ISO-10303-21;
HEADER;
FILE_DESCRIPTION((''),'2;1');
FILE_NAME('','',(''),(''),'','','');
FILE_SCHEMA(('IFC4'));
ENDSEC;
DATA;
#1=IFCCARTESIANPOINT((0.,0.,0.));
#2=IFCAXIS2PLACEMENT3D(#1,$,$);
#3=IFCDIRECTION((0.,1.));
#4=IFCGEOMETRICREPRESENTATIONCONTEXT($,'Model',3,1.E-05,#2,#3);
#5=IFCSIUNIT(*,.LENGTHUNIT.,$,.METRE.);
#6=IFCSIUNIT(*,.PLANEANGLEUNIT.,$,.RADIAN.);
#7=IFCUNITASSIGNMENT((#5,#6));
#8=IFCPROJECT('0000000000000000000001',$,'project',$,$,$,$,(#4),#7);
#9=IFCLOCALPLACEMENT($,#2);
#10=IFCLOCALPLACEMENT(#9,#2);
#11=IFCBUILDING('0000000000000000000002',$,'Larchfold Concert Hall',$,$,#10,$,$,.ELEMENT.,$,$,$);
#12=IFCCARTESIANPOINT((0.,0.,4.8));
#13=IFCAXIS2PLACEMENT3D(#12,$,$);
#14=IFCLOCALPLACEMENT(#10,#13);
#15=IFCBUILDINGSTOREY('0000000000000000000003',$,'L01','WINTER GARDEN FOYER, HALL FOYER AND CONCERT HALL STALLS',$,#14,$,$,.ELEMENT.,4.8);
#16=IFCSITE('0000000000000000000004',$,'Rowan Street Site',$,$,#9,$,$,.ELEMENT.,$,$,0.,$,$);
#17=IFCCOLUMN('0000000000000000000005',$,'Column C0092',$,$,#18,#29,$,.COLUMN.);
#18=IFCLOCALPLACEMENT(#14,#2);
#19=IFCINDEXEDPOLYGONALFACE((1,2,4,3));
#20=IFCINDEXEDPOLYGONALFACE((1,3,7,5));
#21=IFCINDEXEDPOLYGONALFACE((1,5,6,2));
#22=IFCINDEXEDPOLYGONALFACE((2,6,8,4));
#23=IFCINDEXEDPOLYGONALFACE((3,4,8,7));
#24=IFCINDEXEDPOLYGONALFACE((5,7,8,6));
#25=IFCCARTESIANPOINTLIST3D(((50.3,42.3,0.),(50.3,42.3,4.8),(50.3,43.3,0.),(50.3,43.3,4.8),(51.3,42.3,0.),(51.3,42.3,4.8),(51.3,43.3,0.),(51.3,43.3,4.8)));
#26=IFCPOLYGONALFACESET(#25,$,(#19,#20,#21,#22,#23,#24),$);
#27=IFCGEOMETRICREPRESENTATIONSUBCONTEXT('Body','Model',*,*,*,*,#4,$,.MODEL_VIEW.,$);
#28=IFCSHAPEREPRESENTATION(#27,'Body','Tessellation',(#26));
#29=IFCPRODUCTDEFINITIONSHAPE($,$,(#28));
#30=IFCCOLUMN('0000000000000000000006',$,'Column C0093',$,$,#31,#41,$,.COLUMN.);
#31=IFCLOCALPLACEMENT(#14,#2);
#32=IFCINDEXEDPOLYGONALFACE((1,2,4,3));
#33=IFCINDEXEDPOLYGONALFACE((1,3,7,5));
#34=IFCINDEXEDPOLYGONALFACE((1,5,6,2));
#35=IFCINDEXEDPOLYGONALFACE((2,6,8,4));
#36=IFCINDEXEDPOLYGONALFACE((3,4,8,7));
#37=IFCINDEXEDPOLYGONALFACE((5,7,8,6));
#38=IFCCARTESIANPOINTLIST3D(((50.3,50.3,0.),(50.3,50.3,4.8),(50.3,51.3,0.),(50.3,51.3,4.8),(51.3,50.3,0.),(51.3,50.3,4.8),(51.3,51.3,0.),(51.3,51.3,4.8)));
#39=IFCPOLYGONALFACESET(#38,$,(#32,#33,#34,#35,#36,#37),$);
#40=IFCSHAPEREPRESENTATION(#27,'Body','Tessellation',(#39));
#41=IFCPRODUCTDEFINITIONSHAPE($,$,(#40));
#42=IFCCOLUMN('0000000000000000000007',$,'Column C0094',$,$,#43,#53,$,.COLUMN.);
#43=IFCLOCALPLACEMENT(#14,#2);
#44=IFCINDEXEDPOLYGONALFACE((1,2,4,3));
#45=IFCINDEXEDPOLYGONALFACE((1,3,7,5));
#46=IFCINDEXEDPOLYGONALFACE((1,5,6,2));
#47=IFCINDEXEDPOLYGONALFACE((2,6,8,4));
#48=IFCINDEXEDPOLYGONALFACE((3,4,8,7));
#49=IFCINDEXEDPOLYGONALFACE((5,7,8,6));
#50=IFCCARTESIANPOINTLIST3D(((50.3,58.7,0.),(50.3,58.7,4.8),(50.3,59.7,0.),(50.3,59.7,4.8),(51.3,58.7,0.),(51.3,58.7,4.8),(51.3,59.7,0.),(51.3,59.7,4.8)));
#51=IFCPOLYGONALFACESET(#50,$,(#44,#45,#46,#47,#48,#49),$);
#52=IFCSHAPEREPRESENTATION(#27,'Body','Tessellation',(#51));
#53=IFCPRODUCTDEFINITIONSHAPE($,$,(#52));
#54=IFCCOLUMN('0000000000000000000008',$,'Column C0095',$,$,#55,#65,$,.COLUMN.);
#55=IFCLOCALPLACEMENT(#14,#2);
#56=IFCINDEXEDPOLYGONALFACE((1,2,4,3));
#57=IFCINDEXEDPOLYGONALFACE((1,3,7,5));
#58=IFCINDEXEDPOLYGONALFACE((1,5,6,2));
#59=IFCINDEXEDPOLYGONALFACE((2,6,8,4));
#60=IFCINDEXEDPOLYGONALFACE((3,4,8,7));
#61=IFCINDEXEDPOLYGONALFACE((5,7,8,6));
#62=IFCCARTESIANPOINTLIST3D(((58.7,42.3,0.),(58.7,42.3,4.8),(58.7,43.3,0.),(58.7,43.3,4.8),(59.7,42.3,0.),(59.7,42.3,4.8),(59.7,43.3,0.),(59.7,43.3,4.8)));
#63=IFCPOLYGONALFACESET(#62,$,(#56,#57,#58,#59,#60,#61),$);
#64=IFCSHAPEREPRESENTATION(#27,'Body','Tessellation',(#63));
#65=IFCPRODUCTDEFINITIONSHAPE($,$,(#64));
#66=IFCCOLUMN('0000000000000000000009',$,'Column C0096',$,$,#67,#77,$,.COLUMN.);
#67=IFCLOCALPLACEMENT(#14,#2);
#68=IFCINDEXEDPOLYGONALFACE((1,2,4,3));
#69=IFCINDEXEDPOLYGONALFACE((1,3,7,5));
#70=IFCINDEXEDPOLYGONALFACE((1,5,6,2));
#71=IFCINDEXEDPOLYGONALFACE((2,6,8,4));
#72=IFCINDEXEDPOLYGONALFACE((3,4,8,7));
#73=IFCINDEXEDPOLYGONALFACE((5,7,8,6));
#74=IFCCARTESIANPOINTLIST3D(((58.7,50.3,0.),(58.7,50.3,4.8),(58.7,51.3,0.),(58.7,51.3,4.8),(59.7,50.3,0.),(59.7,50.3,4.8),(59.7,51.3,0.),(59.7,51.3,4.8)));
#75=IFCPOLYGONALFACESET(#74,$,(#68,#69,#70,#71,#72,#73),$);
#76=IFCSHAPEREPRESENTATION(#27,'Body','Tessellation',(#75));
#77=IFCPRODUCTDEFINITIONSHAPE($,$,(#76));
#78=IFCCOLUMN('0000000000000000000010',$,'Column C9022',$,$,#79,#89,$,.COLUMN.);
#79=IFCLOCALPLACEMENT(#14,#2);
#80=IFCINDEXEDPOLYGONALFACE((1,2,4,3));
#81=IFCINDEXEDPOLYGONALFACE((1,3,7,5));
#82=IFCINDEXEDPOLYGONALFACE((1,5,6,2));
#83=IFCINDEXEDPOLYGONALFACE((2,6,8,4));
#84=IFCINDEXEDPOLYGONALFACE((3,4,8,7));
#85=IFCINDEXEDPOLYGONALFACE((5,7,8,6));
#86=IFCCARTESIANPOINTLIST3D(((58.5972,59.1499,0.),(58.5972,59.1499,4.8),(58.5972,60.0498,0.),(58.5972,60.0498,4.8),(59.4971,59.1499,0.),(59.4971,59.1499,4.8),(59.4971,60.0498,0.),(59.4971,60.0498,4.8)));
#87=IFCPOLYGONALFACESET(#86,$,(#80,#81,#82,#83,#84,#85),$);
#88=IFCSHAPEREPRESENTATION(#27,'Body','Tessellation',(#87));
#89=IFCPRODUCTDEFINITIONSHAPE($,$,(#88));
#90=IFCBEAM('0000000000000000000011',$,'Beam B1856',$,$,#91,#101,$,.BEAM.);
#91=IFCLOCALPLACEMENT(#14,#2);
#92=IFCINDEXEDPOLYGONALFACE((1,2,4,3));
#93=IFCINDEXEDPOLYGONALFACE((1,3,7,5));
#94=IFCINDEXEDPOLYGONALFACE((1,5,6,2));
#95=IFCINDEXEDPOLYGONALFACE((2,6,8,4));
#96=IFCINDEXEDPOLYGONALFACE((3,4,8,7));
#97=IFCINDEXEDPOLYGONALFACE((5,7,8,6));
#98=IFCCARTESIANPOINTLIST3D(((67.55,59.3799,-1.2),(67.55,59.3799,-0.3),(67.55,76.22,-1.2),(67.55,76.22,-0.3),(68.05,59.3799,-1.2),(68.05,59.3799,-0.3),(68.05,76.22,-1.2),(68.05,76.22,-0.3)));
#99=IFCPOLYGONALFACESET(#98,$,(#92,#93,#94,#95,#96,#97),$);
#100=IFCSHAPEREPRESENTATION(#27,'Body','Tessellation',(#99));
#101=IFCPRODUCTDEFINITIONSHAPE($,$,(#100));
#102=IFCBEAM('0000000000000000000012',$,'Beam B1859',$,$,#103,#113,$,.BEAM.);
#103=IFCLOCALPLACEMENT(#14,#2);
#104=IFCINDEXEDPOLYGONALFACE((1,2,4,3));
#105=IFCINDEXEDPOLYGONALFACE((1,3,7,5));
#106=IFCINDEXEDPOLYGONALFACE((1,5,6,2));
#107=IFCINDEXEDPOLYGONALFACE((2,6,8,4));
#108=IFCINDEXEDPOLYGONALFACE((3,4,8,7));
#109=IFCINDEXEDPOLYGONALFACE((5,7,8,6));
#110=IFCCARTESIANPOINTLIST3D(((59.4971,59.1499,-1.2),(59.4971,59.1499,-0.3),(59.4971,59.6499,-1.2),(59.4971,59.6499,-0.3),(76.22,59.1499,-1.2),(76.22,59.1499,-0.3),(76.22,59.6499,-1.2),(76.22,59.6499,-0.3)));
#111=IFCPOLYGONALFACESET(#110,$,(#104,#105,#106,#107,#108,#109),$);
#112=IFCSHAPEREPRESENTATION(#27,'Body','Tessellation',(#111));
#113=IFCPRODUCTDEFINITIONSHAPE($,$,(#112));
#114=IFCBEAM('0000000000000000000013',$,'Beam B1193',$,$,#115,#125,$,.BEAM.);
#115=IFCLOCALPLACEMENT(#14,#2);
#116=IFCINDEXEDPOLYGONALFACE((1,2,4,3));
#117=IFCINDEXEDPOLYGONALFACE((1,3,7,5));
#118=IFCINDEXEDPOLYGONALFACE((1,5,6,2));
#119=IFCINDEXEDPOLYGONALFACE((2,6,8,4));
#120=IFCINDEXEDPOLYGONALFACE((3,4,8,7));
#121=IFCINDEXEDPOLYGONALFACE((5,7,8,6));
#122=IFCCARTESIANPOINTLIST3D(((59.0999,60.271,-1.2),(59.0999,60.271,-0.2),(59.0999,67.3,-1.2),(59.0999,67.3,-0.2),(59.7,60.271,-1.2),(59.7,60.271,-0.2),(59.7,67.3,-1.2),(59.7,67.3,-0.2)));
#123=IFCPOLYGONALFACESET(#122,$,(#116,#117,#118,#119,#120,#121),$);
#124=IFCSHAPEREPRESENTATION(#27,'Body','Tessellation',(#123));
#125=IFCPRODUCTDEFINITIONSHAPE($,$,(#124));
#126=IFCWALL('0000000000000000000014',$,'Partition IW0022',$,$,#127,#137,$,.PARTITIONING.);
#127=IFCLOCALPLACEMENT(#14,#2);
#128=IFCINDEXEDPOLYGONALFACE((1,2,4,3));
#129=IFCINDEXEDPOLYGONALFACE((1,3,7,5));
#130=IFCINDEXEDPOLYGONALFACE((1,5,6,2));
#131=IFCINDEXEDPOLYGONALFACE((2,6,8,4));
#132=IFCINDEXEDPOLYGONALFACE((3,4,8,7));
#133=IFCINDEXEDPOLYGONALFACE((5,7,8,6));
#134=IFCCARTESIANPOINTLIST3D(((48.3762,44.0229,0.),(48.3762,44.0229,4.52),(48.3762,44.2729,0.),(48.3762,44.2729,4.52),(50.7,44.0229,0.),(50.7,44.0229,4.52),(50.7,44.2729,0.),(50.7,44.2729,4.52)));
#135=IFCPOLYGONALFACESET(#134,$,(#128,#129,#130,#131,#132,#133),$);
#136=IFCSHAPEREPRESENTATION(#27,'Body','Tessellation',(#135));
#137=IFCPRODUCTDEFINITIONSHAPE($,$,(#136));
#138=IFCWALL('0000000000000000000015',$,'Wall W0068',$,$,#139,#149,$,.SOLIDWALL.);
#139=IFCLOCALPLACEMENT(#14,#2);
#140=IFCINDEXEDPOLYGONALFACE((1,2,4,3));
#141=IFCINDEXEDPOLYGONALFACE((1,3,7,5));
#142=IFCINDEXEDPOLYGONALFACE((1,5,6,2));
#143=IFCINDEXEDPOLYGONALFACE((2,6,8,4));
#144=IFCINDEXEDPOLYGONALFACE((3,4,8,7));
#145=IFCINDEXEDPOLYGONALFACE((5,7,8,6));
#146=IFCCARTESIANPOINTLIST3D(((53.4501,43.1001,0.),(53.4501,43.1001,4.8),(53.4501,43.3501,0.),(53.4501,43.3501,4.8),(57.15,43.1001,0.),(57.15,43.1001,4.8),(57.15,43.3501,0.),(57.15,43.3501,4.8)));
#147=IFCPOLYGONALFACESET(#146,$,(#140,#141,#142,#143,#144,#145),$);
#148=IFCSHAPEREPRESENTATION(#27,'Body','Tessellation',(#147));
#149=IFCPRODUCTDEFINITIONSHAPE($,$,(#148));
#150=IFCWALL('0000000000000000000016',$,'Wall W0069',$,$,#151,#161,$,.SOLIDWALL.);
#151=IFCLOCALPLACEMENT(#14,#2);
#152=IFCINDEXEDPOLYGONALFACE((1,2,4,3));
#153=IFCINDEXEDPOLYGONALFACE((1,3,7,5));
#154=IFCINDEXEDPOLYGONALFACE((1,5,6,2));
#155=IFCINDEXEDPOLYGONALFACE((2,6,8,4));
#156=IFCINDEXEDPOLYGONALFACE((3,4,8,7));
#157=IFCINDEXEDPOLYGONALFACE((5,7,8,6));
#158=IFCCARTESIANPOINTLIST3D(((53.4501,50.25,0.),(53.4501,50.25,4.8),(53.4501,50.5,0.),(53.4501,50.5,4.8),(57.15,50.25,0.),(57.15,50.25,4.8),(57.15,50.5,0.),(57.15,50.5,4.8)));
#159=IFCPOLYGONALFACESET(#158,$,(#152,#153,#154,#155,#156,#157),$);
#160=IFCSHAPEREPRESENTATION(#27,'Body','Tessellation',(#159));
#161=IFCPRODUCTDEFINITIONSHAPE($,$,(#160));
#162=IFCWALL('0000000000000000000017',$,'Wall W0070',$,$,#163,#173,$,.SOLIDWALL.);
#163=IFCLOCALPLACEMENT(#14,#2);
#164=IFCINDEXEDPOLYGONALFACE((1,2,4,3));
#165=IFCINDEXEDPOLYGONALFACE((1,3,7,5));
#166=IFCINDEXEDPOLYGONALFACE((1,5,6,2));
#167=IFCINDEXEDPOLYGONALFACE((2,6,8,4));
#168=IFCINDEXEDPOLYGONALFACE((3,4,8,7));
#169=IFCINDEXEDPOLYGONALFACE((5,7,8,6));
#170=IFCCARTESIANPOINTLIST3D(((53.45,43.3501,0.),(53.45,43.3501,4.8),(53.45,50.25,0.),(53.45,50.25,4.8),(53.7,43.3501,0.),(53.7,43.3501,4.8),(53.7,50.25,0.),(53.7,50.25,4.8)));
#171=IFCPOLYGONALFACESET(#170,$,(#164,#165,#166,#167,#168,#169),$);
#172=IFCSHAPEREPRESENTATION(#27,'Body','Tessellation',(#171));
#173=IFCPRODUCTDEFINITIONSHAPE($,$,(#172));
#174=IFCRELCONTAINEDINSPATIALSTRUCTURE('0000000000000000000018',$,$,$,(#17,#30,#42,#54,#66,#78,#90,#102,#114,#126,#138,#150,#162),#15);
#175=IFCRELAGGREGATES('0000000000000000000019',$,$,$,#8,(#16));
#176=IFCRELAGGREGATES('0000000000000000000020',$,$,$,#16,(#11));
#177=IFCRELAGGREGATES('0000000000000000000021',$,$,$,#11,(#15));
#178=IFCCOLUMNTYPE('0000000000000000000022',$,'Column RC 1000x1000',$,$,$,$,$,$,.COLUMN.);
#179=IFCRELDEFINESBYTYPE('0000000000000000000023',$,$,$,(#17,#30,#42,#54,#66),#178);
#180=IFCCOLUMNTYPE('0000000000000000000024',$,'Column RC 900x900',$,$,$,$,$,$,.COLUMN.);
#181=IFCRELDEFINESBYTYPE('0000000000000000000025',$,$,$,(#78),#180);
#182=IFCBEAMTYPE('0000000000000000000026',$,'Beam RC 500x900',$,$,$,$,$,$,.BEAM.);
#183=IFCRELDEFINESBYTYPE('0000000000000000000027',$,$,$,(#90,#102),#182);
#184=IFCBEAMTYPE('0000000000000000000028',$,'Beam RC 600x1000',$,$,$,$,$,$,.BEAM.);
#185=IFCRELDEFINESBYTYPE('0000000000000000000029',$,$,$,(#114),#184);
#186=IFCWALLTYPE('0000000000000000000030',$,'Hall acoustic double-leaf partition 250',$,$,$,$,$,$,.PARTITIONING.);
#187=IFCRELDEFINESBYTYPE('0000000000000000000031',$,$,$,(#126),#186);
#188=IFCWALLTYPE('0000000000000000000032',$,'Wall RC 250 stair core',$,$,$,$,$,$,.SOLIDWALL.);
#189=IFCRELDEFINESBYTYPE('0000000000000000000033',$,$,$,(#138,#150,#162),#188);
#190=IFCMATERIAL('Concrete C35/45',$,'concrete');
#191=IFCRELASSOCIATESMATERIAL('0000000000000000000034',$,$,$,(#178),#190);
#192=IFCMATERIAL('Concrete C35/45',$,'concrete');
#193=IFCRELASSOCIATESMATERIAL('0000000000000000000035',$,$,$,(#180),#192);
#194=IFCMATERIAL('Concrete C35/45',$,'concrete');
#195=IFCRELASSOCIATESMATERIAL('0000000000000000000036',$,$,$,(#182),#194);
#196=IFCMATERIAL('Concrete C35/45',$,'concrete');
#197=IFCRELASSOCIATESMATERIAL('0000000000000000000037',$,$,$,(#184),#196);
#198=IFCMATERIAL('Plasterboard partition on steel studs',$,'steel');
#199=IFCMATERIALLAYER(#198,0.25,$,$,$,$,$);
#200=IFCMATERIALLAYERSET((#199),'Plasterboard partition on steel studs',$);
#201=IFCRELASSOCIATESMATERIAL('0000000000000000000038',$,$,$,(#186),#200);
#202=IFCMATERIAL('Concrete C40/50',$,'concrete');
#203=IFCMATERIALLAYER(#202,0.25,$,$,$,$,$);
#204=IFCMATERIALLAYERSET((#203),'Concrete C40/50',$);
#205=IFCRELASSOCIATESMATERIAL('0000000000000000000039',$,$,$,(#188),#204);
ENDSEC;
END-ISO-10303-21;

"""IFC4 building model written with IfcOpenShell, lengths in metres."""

from ifc_helpers import new_model, si_unit, direction, frame, frame_2d, origin, origin_2d, place, context, subcontext, project, spatial, rectangle, extrude, material, layer, layer_set, material_profile, profile_set, type_object, element, save


model = new_model("IFC4")

# Units and contexts
model_context = context("Model", 3, precision=1e-05, world=origin(), true_north=direction((0.0, 1.0)))
body_context = subcontext(model_context, "Body", "Model", "MODEL_VIEW")
ifc_project = project(units=[si_unit("LENGTHUNIT", "METRE"), si_unit("PLANEANGLEUNIT", "RADIAN")], contexts=[model_context])

# Site, building, storey
site_placement = place(None, origin())
site = spatial("IfcSite", under=ifc_project, at=site_placement, Name="Rowan Street Site", CompositionType="ELEMENT", RefElevation=0.0)
building_placement = place(site_placement, origin())
building = spatial("IfcBuilding", under=site, at=building_placement, Name="Larchfold Concert Hall", CompositionType="ELEMENT")
storey_placement = place(building_placement, frame((0.0, 0.0, 4.8)))
storey = spatial("IfcBuildingStorey", under=building, at=storey_placement, Name="L01", Description="WINTER GARDEN FOYER, HALL FOYER AND CONCERT HALL STALLS", CompositionType="ELEMENT", Elevation=4.8)

# Columns
ifc_material_1 = material(Name="Concrete C35/45", Category="concrete")
ifc_material_profile_1 = material_profile(ifc_material_1, rectangle(XDim=1.0, YDim=1.0, at=origin_2d()))
ifc_profile_set_1 = profile_set([ifc_material_profile_1], Name="Concrete C35/45")
column_type_1 = type_object("IfcColumnType", Name="Column RC 1000x1000", PredefinedType="COLUMN", material=ifc_profile_set_1)
for number, where, z_axis, x_axis, name in (
    (1, (50.8, 42.8, 0.0), (0.0, 0.0, 1.0), (1.0, 0.0, 0.0), "Column C0092"),
    (2, (50.8, 50.8, 0.0), (0.0, 0.0, 1.0), (1.0, 0.0, 0.0), "Column C0093"),
    (3, (50.8, 59.2, 0.0), (0.0, 0.0, 1.0), (1.0, 0.0, 0.0), "Column C0094"),
    (4, (59.2, 42.8, 0.0), (0.0, 0.0, 1.0), (1.0, 0.0, 0.0), "Column C0095"),
    (5, (59.2, 50.8, 0.0), (0.0, 0.0, 1.0), (1.0, 0.0, 0.0), "Column C0096"),
):
    element("IfcColumn", number, at=place(storey_placement, frame(where, z_axis=z_axis, x_axis=x_axis)), inside=storey, type_object=column_type_1, Name=name, PredefinedType="COLUMN", context=body_context, shape_type="SweptSolid", body=[
        extrude(rectangle(XDim=1.0, YDim=1.0, at=origin_2d()), origin(), (0.0, 0.0, 1.0), 4.8),
    ])
ifc_material_2 = material(Name="Concrete C35/45", Category="concrete")
ifc_material_profile_2 = material_profile(ifc_material_2, rectangle(XDim=0.8999, YDim=0.8999, at=origin_2d()))
ifc_profile_set_2 = profile_set([ifc_material_profile_2], Name="Concrete C35/45")
column_type_2 = type_object("IfcColumnType", Name="Column RC 900x900", PredefinedType="COLUMN", material=ifc_profile_set_2)
column_placement = place(storey_placement, frame((59.0471, 59.5999, 0.0), z_axis=(0.0, 0.0, 1.0), x_axis=(1.0, 0.0, 0.0)))
element("IfcColumn", 6, at=column_placement, inside=storey, type_object=column_type_2, Name="Column C9022", PredefinedType="COLUMN", context=body_context, shape_type="SweptSolid", body=[
    extrude(rectangle(XDim=0.8999, YDim=0.8999, at=origin_2d()), origin(), (0.0, 0.0, 1.0), 4.8),
])

# Beams
ifc_material_3 = material(Name="Concrete C35/45", Category="concrete")
ifc_material_profile_3 = material_profile(ifc_material_3, rectangle(XDim=0.5, YDim=0.8999, at=origin_2d()))
ifc_profile_set_3 = profile_set([ifc_material_profile_3], Name="Concrete C35/45")
beam_type_1 = type_object("IfcBeamType", Name="Beam RC 500x900", PredefinedType="BEAM", material=ifc_profile_set_3)
beam_1_placement = place(storey_placement, frame((67.8, 59.3799, -0.75), z_axis=(0.0, 1.0, 0.0), x_axis=(-1.0, 0.0, 0.0)))
element("IfcBeam", 7, at=beam_1_placement, inside=storey, type_object=beam_type_1, Name="Beam B1856", PredefinedType="BEAM", context=body_context, shape_type="SweptSolid", body=[
    extrude(rectangle(XDim=0.5, YDim=0.8999, at=origin_2d()), origin(), (0.0, 0.0, 1.0), 16.8401),
])
beam_2_placement = place(storey_placement, frame((59.4971, 59.3999, -0.75), z_axis=(1.0, 0.0, 0.0), x_axis=(0.0, 1.0, 0.0)))
element("IfcBeam", 8, at=beam_2_placement, inside=storey, type_object=beam_type_1, Name="Beam B1859", PredefinedType="BEAM", context=body_context, shape_type="SweptSolid", body=[
    extrude(rectangle(XDim=0.5, YDim=0.8999, at=origin_2d()), origin(), (0.0, 0.0, 1.0), 16.7229),
])
ifc_material_4 = material(Name="Concrete C35/45", Category="concrete")
ifc_material_profile_4 = material_profile(ifc_material_4, rectangle(XDim=0.6001, YDim=1.0, at=origin_2d()))
ifc_profile_set_4 = profile_set([ifc_material_profile_4], Name="Concrete C35/45")
beam_type_2 = type_object("IfcBeamType", Name="Beam RC 600x1000", PredefinedType="BEAM", material=ifc_profile_set_4)
beam_3_placement = place(storey_placement, frame((59.3999, 60.271, -0.7), z_axis=(0.0, 1.0, 0.0), x_axis=(-1.0, 0.0, 0.0)))
element("IfcBeam", 9, at=beam_3_placement, inside=storey, type_object=beam_type_2, Name="Beam B1193", PredefinedType="BEAM", context=body_context, shape_type="SweptSolid", body=[
    extrude(rectangle(XDim=0.6001, YDim=1.0, at=origin_2d()), origin(), (0.0, 0.0, 1.0), 7.0291),
])

# Walls
ifc_material_5 = material(Name="Plasterboard partition on steel studs", Category="steel")
ifc_layer_1 = layer(ifc_material_5, 0.25)
ifc_layer_set_1 = layer_set([ifc_layer_1], Name="Plasterboard partition on steel studs")
wall_type_1 = type_object("IfcWallType", Name="Hall acoustic double-leaf partition 250", PredefinedType="PARTITIONING", material=ifc_layer_set_1)
wall_1_placement = place(storey_placement, frame((50.7, 44.1479, 0.0), z_axis=(0.0, 0.0, 1.0), x_axis=(-1.0, 0.0, 0.0)))
element("IfcWall", 10, at=wall_1_placement, inside=storey, type_object=wall_type_1, Name="Partition IW0022", PredefinedType="PARTITIONING", context=body_context, shape_type="SweptSolid", body=[
    extrude(rectangle(XDim=2.3237, YDim=0.25, at=frame_2d((1.1619, 0.0))), origin(), (0.0, 0.0, 1.0), 4.52),
])
ifc_material_6 = material(Name="Concrete C40/50", Category="concrete")
ifc_layer_2 = layer(ifc_material_6, 0.25)
ifc_layer_set_2 = layer_set([ifc_layer_2], Name="Concrete C40/50")
wall_type_2 = type_object("IfcWallType", Name="Wall RC 250 stair core", PredefinedType="SOLIDWALL", material=ifc_layer_set_2)
for number, where, z_axis, x_axis, name in (
    (11, (53.45, 43.2251, 0.0), (0.0, 0.0, 1.0), (1.0, 0.0, 0.0), "Wall W0068"),
    (12, (53.45, 50.375, 0.0), (0.0, 0.0, 1.0), (1.0, 0.0, 0.0), "Wall W0069"),
):
    element("IfcWall", number, at=place(storey_placement, frame(where, z_axis=z_axis, x_axis=x_axis)), inside=storey, type_object=wall_type_2, Name=name, PredefinedType="SOLIDWALL", context=body_context, shape_type="SweptSolid", body=[
        extrude(rectangle(XDim=3.7, YDim=0.25, at=frame_2d((1.8501, 0.0))), origin(), (0.0, 0.0, 1.0), 4.8),
    ])
wall_2_placement = place(storey_placement, frame((53.575, 43.3501, 0.0), z_axis=(0.0, 0.0, 1.0), x_axis=(0.0, 1.0, 0.0)))
element("IfcWall", 13, at=wall_2_placement, inside=storey, type_object=wall_type_2, Name="Wall W0070", PredefinedType="SOLIDWALL", context=body_context, shape_type="SweptSolid", body=[
    extrude(rectangle(XDim=6.8999, YDim=0.25, at=frame_2d((3.45, 0.0))), origin(), (0.0, 0.0, 1.0), 4.8),
])

save(model, "model.ifc")
